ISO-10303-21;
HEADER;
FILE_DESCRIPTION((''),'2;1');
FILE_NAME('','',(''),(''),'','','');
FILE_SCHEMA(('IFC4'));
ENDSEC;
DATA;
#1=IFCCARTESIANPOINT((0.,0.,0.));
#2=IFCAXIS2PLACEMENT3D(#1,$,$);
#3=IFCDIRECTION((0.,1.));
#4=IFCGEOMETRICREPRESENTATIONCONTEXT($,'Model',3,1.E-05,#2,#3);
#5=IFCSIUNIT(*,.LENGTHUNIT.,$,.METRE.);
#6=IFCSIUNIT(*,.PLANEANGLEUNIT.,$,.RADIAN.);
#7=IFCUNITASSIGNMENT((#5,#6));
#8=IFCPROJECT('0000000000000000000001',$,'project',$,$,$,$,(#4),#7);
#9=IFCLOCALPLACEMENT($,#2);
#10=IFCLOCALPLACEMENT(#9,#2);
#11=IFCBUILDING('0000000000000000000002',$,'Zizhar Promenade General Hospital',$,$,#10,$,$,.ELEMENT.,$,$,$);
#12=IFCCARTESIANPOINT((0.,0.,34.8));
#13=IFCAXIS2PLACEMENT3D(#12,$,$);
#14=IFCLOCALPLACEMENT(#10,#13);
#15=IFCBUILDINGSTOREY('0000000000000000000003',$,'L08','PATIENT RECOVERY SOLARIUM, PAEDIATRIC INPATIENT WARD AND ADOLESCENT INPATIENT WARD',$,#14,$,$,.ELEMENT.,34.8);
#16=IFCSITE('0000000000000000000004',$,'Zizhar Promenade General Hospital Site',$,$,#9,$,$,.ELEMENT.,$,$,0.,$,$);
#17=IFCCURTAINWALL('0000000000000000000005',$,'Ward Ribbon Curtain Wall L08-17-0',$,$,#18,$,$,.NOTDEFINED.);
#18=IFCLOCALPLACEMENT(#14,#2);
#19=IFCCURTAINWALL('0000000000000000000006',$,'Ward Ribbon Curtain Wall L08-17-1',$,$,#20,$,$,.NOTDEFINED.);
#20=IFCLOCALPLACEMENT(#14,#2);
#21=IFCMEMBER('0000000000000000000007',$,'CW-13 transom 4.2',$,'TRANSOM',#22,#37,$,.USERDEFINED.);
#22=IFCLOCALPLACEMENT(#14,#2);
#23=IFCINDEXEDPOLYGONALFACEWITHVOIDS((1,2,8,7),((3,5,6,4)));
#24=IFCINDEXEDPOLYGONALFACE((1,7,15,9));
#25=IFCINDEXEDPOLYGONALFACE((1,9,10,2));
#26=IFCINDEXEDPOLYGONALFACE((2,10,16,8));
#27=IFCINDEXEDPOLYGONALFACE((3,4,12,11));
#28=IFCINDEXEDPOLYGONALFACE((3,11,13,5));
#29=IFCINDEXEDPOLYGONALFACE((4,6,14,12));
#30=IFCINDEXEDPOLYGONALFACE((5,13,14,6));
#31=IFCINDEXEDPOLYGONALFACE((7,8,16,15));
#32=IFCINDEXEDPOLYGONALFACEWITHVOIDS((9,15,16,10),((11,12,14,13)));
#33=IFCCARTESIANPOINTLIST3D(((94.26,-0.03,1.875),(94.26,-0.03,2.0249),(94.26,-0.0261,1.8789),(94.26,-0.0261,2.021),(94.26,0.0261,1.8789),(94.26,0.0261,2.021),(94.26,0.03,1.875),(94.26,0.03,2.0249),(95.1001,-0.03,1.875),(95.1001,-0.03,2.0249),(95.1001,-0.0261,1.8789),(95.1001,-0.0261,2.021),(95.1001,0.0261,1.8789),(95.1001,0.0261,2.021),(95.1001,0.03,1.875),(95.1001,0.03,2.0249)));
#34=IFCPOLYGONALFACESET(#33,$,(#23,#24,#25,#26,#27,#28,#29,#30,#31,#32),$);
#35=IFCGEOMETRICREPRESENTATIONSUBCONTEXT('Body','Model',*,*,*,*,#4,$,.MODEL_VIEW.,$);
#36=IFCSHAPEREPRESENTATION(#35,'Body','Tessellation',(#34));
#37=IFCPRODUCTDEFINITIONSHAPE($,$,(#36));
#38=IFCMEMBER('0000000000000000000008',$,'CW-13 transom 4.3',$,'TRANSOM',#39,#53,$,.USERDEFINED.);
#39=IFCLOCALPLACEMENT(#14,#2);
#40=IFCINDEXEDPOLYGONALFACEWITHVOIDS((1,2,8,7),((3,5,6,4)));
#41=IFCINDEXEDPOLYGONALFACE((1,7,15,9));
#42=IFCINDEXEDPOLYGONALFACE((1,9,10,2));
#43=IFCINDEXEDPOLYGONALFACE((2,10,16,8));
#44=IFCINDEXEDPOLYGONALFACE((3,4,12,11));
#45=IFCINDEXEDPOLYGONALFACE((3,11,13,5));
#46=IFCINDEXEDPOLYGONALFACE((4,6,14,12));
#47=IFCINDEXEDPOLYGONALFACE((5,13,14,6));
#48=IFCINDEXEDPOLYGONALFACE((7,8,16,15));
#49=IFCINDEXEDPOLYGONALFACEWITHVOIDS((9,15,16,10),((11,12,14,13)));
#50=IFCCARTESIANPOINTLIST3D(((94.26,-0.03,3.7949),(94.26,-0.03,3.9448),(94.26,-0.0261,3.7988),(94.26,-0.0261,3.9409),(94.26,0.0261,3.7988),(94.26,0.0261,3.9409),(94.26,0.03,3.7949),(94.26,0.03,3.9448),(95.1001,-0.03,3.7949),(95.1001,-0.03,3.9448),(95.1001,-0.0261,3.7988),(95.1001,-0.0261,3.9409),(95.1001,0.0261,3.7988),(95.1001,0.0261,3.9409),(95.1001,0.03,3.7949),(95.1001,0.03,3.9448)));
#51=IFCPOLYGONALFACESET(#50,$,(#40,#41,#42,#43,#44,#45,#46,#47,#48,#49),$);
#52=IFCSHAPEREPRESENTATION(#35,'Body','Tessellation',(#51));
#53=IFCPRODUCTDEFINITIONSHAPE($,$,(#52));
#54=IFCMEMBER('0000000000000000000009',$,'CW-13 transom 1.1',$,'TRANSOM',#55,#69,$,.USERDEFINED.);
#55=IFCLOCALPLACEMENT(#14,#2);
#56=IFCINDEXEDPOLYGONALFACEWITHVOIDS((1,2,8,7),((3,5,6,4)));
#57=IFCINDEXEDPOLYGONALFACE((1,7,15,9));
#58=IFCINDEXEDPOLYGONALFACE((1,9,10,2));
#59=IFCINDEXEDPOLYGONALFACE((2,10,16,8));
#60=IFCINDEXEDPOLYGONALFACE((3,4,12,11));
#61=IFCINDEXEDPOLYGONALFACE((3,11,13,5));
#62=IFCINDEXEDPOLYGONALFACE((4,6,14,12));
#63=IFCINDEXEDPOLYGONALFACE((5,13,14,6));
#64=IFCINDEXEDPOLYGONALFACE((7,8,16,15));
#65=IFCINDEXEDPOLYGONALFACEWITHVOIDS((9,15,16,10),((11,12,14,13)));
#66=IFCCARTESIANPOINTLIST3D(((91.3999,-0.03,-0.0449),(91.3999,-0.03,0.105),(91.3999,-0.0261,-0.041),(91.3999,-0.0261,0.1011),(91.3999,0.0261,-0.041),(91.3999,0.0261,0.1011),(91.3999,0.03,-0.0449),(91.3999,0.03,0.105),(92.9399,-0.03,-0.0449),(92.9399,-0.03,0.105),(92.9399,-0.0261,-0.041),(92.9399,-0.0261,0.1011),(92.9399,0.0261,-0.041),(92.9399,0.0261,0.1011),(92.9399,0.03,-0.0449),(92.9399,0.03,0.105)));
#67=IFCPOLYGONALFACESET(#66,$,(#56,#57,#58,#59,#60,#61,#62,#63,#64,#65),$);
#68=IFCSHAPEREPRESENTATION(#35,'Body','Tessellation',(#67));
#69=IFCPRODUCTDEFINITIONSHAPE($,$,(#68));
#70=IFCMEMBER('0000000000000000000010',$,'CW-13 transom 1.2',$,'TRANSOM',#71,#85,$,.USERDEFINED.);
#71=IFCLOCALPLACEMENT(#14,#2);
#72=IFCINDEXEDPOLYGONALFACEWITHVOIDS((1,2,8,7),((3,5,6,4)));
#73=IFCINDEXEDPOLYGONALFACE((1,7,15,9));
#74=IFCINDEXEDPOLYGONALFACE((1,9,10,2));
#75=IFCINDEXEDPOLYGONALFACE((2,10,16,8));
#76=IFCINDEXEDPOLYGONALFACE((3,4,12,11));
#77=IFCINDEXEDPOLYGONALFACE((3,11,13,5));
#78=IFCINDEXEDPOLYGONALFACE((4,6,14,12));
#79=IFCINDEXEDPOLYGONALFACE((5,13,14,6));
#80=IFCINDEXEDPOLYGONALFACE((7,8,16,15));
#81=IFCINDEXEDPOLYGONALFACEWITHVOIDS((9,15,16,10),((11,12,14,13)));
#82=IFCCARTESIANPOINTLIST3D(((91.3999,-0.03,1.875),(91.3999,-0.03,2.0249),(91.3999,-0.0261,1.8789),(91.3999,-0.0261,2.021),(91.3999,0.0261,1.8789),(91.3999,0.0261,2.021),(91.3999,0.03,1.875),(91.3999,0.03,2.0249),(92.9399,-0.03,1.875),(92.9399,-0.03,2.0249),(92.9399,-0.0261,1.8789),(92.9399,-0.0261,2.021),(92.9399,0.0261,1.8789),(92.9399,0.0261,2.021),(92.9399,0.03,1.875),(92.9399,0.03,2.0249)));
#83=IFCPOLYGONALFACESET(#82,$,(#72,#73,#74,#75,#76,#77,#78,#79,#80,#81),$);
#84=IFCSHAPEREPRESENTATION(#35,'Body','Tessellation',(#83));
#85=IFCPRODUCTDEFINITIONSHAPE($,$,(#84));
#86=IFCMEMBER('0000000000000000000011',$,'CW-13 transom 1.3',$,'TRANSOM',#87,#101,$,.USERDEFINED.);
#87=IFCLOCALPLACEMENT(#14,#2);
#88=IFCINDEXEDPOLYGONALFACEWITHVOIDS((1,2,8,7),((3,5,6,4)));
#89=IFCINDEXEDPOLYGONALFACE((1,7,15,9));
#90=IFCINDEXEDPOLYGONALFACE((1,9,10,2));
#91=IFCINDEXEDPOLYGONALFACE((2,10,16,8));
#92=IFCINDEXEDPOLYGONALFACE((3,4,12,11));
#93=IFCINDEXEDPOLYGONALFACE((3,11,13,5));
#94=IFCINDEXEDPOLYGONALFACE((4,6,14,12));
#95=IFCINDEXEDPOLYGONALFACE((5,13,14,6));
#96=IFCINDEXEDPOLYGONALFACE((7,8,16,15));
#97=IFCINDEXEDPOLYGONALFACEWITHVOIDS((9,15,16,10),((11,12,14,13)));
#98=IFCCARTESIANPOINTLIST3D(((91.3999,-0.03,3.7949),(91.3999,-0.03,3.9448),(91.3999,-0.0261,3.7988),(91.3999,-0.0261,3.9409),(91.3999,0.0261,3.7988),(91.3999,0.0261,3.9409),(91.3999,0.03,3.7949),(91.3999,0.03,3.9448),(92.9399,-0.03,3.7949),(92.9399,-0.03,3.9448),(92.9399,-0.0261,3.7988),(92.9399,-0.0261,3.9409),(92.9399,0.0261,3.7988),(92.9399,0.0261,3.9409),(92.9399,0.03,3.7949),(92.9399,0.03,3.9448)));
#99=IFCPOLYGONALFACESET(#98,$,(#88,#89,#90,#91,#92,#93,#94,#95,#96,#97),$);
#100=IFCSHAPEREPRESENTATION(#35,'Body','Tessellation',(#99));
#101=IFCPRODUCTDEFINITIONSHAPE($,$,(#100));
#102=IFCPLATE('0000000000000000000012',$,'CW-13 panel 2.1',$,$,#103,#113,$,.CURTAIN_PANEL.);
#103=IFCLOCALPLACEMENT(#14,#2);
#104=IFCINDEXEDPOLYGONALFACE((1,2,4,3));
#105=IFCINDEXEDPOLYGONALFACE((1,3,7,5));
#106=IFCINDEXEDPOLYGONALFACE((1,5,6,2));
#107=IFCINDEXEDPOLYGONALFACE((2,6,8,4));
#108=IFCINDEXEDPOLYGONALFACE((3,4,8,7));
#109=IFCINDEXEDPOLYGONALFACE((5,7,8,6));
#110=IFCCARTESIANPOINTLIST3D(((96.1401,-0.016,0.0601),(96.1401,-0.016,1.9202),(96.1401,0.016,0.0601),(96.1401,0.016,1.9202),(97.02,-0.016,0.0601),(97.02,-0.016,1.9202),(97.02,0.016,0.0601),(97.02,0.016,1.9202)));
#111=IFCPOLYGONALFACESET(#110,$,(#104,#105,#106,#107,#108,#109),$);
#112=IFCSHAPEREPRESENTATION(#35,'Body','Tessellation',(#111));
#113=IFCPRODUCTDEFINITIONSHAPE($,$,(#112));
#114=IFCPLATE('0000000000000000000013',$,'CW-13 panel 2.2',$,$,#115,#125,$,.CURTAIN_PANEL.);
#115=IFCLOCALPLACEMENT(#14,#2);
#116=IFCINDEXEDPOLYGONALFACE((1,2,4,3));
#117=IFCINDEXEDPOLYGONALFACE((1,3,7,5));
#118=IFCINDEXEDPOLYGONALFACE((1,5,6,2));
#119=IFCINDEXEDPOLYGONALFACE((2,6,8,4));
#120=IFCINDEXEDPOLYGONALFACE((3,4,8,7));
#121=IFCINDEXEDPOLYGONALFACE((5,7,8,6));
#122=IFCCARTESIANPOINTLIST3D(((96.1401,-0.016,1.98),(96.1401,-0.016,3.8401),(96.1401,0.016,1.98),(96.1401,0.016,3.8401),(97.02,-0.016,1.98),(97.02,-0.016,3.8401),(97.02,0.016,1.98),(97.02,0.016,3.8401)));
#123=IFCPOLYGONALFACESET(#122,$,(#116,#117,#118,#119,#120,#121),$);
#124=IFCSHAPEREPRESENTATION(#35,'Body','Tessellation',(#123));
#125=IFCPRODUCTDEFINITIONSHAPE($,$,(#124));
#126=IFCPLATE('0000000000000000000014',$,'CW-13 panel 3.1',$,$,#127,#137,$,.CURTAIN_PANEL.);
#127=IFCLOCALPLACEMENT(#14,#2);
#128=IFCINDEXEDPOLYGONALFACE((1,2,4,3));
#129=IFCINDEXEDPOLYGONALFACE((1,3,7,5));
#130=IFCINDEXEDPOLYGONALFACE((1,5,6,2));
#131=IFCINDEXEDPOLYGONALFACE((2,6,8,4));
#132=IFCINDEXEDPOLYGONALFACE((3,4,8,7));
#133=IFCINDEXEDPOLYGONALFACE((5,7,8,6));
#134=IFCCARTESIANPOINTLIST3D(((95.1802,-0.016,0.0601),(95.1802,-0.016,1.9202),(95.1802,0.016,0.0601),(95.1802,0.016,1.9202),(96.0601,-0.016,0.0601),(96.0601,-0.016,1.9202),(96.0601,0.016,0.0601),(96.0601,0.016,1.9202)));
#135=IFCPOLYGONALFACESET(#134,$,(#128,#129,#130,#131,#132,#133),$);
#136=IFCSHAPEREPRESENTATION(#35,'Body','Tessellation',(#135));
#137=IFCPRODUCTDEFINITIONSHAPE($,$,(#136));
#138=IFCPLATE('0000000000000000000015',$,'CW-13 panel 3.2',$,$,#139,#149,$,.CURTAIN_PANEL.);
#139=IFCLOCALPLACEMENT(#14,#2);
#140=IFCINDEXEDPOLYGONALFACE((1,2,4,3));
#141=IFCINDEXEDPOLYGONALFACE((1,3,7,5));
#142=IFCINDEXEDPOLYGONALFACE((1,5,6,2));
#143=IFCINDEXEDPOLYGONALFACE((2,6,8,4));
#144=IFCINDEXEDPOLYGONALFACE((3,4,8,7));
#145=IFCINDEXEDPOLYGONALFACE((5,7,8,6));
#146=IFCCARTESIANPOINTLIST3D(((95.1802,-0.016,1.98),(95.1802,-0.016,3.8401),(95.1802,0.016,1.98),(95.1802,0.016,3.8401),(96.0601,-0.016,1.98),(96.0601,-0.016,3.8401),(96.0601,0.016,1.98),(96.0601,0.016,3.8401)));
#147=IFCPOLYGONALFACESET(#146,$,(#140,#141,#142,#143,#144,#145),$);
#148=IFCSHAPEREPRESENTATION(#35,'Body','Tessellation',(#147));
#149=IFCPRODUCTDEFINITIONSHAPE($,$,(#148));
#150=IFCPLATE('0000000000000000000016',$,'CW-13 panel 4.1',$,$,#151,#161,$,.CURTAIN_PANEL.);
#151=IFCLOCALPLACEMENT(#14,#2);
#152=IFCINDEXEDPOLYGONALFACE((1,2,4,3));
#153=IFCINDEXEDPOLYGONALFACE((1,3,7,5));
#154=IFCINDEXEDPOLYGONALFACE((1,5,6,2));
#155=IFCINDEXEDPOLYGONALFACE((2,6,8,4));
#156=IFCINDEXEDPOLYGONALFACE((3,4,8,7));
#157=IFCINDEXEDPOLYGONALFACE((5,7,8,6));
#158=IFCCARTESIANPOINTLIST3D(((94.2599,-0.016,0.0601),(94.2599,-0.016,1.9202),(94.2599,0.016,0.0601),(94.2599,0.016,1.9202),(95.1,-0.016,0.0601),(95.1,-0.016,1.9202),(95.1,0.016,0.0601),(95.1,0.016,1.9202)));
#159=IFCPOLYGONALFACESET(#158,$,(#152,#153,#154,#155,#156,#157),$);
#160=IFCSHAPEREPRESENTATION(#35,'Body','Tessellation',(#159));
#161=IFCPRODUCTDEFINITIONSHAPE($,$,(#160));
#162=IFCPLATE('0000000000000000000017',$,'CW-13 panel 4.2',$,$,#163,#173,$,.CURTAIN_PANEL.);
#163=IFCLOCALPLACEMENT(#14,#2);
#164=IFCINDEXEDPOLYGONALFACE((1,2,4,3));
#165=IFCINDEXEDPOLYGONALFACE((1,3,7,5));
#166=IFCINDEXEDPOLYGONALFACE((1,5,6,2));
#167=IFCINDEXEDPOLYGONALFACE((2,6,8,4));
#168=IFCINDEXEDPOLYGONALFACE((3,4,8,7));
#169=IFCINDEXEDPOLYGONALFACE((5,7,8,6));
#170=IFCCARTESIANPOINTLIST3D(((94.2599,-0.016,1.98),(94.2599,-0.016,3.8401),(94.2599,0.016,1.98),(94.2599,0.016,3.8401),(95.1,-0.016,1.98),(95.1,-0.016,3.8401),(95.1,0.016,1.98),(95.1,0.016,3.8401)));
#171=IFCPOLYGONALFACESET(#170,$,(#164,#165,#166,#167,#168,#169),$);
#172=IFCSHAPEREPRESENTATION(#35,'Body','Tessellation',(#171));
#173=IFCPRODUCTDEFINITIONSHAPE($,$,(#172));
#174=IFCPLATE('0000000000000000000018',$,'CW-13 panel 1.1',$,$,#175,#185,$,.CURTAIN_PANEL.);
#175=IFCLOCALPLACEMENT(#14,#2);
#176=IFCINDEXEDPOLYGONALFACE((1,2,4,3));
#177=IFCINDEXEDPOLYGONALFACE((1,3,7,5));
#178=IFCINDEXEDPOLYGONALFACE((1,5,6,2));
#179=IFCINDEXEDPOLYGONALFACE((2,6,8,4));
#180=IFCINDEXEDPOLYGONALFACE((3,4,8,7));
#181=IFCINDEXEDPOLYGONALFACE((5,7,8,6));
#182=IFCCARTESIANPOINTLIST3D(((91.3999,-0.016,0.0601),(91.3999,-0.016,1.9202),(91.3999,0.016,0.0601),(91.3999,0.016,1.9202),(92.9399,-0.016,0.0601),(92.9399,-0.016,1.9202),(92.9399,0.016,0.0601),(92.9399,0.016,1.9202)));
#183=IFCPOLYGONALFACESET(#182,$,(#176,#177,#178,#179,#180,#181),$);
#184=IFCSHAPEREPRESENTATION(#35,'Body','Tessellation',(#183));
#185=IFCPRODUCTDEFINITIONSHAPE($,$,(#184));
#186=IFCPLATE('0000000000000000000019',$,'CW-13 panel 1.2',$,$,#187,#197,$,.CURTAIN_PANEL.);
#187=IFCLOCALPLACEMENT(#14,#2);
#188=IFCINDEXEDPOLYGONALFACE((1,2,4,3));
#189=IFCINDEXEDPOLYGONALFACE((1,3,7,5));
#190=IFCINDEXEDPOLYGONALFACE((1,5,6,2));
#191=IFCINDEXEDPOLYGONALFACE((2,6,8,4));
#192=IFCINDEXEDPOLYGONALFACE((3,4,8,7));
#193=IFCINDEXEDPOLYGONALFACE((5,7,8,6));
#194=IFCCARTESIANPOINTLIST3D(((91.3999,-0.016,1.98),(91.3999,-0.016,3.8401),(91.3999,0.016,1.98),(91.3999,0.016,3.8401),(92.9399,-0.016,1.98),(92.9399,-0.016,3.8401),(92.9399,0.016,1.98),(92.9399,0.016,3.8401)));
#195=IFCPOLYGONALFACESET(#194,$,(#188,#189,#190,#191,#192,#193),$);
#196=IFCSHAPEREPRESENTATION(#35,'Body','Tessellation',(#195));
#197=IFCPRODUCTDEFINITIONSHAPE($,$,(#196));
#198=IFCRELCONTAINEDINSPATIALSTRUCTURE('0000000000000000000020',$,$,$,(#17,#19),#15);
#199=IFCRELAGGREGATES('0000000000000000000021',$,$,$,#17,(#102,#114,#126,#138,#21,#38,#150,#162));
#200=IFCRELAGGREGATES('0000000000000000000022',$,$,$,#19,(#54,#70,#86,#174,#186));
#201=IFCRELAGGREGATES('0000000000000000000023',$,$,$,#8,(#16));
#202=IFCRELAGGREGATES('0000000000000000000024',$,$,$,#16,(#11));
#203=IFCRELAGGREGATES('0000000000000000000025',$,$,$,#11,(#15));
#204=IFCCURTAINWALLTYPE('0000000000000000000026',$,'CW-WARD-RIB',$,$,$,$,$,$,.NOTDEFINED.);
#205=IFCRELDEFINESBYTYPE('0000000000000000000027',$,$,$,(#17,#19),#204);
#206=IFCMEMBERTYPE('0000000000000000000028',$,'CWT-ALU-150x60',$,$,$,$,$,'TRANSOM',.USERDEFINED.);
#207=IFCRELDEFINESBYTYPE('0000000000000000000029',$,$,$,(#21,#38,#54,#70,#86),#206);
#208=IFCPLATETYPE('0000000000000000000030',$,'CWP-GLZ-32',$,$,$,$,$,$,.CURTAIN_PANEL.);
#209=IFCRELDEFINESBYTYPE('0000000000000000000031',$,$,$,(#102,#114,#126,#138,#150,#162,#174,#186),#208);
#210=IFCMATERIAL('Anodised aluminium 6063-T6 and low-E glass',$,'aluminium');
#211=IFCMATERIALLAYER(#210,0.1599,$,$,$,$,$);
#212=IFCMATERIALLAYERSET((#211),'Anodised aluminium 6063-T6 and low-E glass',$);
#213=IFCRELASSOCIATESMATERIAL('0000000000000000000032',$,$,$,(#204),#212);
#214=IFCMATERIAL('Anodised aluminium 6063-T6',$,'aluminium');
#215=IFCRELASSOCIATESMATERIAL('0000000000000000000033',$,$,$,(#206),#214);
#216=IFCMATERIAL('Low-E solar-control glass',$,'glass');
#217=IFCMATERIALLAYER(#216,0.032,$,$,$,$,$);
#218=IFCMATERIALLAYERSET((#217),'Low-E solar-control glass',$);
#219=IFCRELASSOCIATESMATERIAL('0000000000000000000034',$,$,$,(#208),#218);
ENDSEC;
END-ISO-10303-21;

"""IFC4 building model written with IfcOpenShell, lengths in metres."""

from ifc_helpers import new_model, si_unit, direction, frame, origin, origin_2d, place, context, subcontext, project, spatial, rectangle, hollow_rectangle, extrude, material, layer, layer_set, material_profile, profile_set, type_object, element, aggregate, save


model = new_model("IFC4")

# Units and contexts
model_context = context("Model", 3, precision=1e-05, world=origin(), true_north=direction((0.0, 1.0)))
body_context = subcontext(model_context, "Body", "Model", "MODEL_VIEW")
ifc_project = project(units=[si_unit("LENGTHUNIT", "METRE"), si_unit("PLANEANGLEUNIT", "RADIAN")], contexts=[model_context])

# Site, building, storey
site_placement = place(None, origin())
site = spatial("IfcSite", under=ifc_project, at=site_placement, Name="Zizhar Promenade General Hospital Site", CompositionType="ELEMENT", RefElevation=0.0)
building_placement = place(site_placement, origin())
building = spatial("IfcBuilding", under=site, at=building_placement, Name="Zizhar Promenade General Hospital", CompositionType="ELEMENT")
storey_placement = place(building_placement, frame((0.0, 0.0, 34.8)))
storey = spatial("IfcBuildingStorey", under=building, at=storey_placement, Name="L08", Description="PATIENT RECOVERY SOLARIUM, PAEDIATRIC INPATIENT WARD AND ADOLESCENT INPATIENT WARD", CompositionType="ELEMENT", Elevation=34.8)

# Curtain wall
ifc_material_1 = material(Name="Anodised aluminium 6063-T6 and low-E glass", Category="aluminium")
ifc_layer_1 = layer(ifc_material_1, 0.1599)
ifc_layer_set_1 = layer_set([ifc_layer_1], Name="Anodised aluminium 6063-T6 and low-E glass")
curtain_wall_type = type_object("IfcCurtainWallType", Name="CW-WARD-RIB", PredefinedType="NOTDEFINED", material=ifc_layer_set_1)
curtain_wall_1_placement = place(storey_placement, origin())
curtain_wall_1 = element("IfcCurtainWall", 1, at=curtain_wall_1_placement, inside=storey, type_object=curtain_wall_type, Name="Ward Ribbon Curtain Wall L08-17-0", PredefinedType="NOTDEFINED")

# Curtain wall
curtain_wall_2_placement = place(storey_placement, origin())
curtain_wall_2 = element("IfcCurtainWall", 2, at=curtain_wall_2_placement, inside=storey, type_object=curtain_wall_type, Name="Ward Ribbon Curtain Wall L08-17-1", PredefinedType="NOTDEFINED")

# Members
ifc_material_2 = material(Name="Anodised aluminium 6063-T6", Category="aluminium")
ifc_material_profile_1 = material_profile(ifc_material_2, hollow_rectangle(XDim=0.0601, YDim=0.1499, WallThickness=0.0039, at=origin_2d()))
ifc_profile_set_1 = profile_set([ifc_material_profile_1], Name="Anodised aluminium 6063-T6")
member_type_1 = type_object("IfcMemberType", Name="CWT-ALU-150x60", ElementType="TRANSOM", PredefinedType="USERDEFINED", material=ifc_profile_set_1)
member_1_placement = place(storey_placement, frame((95.1001, 0.0, 1.95), z_axis=(-1.0, 0.0, 0.0), x_axis=(0.0, -1.0, 0.0)))
member_1 = element("IfcMember", 3, at=member_1_placement, type_object=member_type_1, Name="CW-13 transom 4.2", ObjectType="TRANSOM", PredefinedType="USERDEFINED", context=body_context, shape_type="SweptSolid", body=[
    extrude(hollow_rectangle(XDim=0.0601, YDim=0.1499, WallThickness=0.0039, at=origin_2d()), origin(), (0.0, 0.0, 1.0), 0.8401),
])
member_2_placement = place(storey_placement, frame((95.1001, 0.0, 3.8699), z_axis=(-1.0, 0.0, 0.0), x_axis=(0.0, -1.0, 0.0)))
member_2 = element("IfcMember", 4, at=member_2_placement, type_object=member_type_1, Name="CW-13 transom 4.3", ObjectType="TRANSOM", PredefinedType="USERDEFINED", context=body_context, shape_type="SweptSolid", body=[
    extrude(hollow_rectangle(XDim=0.0601, YDim=0.1499, WallThickness=0.0039, at=origin_2d()), origin(), (0.0, 0.0, 1.0), 0.8401),
])
member_3_placement = place(storey_placement, frame((92.9399, 0.0, 0.03), z_axis=(-1.0, 0.0, 0.0), x_axis=(0.0, -1.0, 0.0)))
member_3 = element("IfcMember", 5, at=member_3_placement, type_object=member_type_1, Name="CW-13 transom 1.1", ObjectType="TRANSOM", PredefinedType="USERDEFINED", context=body_context, shape_type="SweptSolid", body=[
    extrude(hollow_rectangle(XDim=0.0601, YDim=0.1499, WallThickness=0.0039, at=origin_2d()), origin(), (0.0, 0.0, 1.0), 1.54),
])
member_4_placement = place(storey_placement, frame((92.9399, 0.0, 1.95), z_axis=(-1.0, 0.0, 0.0), x_axis=(0.0, -1.0, 0.0)))
member_4 = element("IfcMember", 6, at=member_4_placement, type_object=member_type_1, Name="CW-13 transom 1.2", ObjectType="TRANSOM", PredefinedType="USERDEFINED", context=body_context, shape_type="SweptSolid", body=[
    extrude(hollow_rectangle(XDim=0.0601, YDim=0.1499, WallThickness=0.0039, at=origin_2d()), origin(), (0.0, 0.0, 1.0), 1.54),
])
member_5_placement = place(storey_placement, frame((92.9399, 0.0, 3.8699), z_axis=(-1.0, 0.0, 0.0), x_axis=(0.0, -1.0, 0.0)))
member_5 = element("IfcMember", 7, at=member_5_placement, type_object=member_type_1, Name="CW-13 transom 1.3", ObjectType="TRANSOM", PredefinedType="USERDEFINED", context=body_context, shape_type="SweptSolid", body=[
    extrude(hollow_rectangle(XDim=0.0601, YDim=0.1499, WallThickness=0.0039, at=origin_2d()), origin(), (0.0, 0.0, 1.0), 1.54),
])

# Plates
ifc_material_3 = material(Name="Low-E solar-control glass", Category="glass")
ifc_layer_2 = layer(ifc_material_3, 0.032)
ifc_layer_set_2 = layer_set([ifc_layer_2], Name="Low-E solar-control glass")
plate_type = type_object("IfcPlateType", Name="CWP-GLZ-32", PredefinedType="CURTAIN_PANEL", material=ifc_layer_set_2)
plate_1_placement = place(storey_placement, frame((96.5801, 0.0, 0.0601), z_axis=(0.0, 0.0, 1.0), x_axis=(-1.0, 0.0, 0.0)))
plate_1 = element("IfcPlate", 8, at=plate_1_placement, type_object=plate_type, Name="CW-13 panel 2.1", PredefinedType="CURTAIN_PANEL", context=body_context, shape_type="SweptSolid", body=[
    extrude(rectangle(XDim=0.8799, YDim=0.032, at=origin_2d()), origin(), (0.0, 0.0, 1.0), 1.8601),
])
plate_2_placement = place(storey_placement, frame((96.5801, 0.0, 1.98), z_axis=(0.0, 0.0, 1.0), x_axis=(-1.0, 0.0, 0.0)))
plate_2 = element("IfcPlate", 9, at=plate_2_placement, type_object=plate_type, Name="CW-13 panel 2.2", PredefinedType="CURTAIN_PANEL", context=body_context, shape_type="SweptSolid", body=[
    extrude(rectangle(XDim=0.8799, YDim=0.032, at=origin_2d()), origin(), (0.0, 0.0, 1.0), 1.8601),
])
plate_3_placement = place(storey_placement, frame((95.6201, 0.0, 0.0601), z_axis=(0.0, 0.0, 1.0), x_axis=(-1.0, 0.0, 0.0)))
plate_3 = element("IfcPlate", 10, at=plate_3_placement, type_object=plate_type, Name="CW-13 panel 3.1", PredefinedType="CURTAIN_PANEL", context=body_context, shape_type="SweptSolid", body=[
    extrude(rectangle(XDim=0.8799, YDim=0.032, at=origin_2d()), origin(), (0.0, 0.0, 1.0), 1.8601),
])
plate_4_placement = place(storey_placement, frame((95.6201, 0.0, 1.98), z_axis=(0.0, 0.0, 1.0), x_axis=(-1.0, 0.0, 0.0)))
plate_4 = element("IfcPlate", 11, at=plate_4_placement, type_object=plate_type, Name="CW-13 panel 3.2", PredefinedType="CURTAIN_PANEL", context=body_context, shape_type="SweptSolid", body=[
    extrude(rectangle(XDim=0.8799, YDim=0.032, at=origin_2d()), origin(), (0.0, 0.0, 1.0), 1.8601),
])
plate_5_placement = place(storey_placement, frame((94.6799, 0.0, 0.0601), z_axis=(0.0, 0.0, 1.0), x_axis=(-1.0, 0.0, 0.0)))
plate_5 = element("IfcPlate", 12, at=plate_5_placement, type_object=plate_type, Name="CW-13 panel 4.1", PredefinedType="CURTAIN_PANEL", context=body_context, shape_type="SweptSolid", body=[
    extrude(rectangle(XDim=0.8401, YDim=0.032, at=origin_2d()), origin(), (0.0, 0.0, 1.0), 1.8601),
])
plate_6_placement = place(storey_placement, frame((94.6799, 0.0, 1.98), z_axis=(0.0, 0.0, 1.0), x_axis=(-1.0, 0.0, 0.0)))
plate_6 = element("IfcPlate", 13, at=plate_6_placement, type_object=plate_type, Name="CW-13 panel 4.2", PredefinedType="CURTAIN_PANEL", context=body_context, shape_type="SweptSolid", body=[
    extrude(rectangle(XDim=0.8401, YDim=0.032, at=origin_2d()), origin(), (0.0, 0.0, 1.0), 1.8601),
])
aggregate(curtain_wall_1, [plate_1, plate_2, plate_3, plate_4, member_1, member_2, plate_5, plate_6])
plate_7_placement = place(storey_placement, frame((92.1699, 0.0, 0.0601), z_axis=(0.0, 0.0, 1.0), x_axis=(-1.0, 0.0, 0.0)))
plate_7 = element("IfcPlate", 14, at=plate_7_placement, type_object=plate_type, Name="CW-13 panel 1.1", PredefinedType="CURTAIN_PANEL", context=body_context, shape_type="SweptSolid", body=[
    extrude(rectangle(XDim=1.54, YDim=0.032, at=origin_2d()), origin(), (0.0, 0.0, 1.0), 1.8601),
])
plate_8_placement = place(storey_placement, frame((92.1699, 0.0, 1.98), z_axis=(0.0, 0.0, 1.0), x_axis=(-1.0, 0.0, 0.0)))
plate_8 = element("IfcPlate", 15, at=plate_8_placement, type_object=plate_type, Name="CW-13 panel 1.2", PredefinedType="CURTAIN_PANEL", context=body_context, shape_type="SweptSolid", body=[
    extrude(rectangle(XDim=1.54, YDim=0.032, at=origin_2d()), origin(), (0.0, 0.0, 1.0), 1.8601),
])
aggregate(curtain_wall_2, [member_3, member_4, member_5, plate_7, plate_8])

save(model, "model.ifc")
